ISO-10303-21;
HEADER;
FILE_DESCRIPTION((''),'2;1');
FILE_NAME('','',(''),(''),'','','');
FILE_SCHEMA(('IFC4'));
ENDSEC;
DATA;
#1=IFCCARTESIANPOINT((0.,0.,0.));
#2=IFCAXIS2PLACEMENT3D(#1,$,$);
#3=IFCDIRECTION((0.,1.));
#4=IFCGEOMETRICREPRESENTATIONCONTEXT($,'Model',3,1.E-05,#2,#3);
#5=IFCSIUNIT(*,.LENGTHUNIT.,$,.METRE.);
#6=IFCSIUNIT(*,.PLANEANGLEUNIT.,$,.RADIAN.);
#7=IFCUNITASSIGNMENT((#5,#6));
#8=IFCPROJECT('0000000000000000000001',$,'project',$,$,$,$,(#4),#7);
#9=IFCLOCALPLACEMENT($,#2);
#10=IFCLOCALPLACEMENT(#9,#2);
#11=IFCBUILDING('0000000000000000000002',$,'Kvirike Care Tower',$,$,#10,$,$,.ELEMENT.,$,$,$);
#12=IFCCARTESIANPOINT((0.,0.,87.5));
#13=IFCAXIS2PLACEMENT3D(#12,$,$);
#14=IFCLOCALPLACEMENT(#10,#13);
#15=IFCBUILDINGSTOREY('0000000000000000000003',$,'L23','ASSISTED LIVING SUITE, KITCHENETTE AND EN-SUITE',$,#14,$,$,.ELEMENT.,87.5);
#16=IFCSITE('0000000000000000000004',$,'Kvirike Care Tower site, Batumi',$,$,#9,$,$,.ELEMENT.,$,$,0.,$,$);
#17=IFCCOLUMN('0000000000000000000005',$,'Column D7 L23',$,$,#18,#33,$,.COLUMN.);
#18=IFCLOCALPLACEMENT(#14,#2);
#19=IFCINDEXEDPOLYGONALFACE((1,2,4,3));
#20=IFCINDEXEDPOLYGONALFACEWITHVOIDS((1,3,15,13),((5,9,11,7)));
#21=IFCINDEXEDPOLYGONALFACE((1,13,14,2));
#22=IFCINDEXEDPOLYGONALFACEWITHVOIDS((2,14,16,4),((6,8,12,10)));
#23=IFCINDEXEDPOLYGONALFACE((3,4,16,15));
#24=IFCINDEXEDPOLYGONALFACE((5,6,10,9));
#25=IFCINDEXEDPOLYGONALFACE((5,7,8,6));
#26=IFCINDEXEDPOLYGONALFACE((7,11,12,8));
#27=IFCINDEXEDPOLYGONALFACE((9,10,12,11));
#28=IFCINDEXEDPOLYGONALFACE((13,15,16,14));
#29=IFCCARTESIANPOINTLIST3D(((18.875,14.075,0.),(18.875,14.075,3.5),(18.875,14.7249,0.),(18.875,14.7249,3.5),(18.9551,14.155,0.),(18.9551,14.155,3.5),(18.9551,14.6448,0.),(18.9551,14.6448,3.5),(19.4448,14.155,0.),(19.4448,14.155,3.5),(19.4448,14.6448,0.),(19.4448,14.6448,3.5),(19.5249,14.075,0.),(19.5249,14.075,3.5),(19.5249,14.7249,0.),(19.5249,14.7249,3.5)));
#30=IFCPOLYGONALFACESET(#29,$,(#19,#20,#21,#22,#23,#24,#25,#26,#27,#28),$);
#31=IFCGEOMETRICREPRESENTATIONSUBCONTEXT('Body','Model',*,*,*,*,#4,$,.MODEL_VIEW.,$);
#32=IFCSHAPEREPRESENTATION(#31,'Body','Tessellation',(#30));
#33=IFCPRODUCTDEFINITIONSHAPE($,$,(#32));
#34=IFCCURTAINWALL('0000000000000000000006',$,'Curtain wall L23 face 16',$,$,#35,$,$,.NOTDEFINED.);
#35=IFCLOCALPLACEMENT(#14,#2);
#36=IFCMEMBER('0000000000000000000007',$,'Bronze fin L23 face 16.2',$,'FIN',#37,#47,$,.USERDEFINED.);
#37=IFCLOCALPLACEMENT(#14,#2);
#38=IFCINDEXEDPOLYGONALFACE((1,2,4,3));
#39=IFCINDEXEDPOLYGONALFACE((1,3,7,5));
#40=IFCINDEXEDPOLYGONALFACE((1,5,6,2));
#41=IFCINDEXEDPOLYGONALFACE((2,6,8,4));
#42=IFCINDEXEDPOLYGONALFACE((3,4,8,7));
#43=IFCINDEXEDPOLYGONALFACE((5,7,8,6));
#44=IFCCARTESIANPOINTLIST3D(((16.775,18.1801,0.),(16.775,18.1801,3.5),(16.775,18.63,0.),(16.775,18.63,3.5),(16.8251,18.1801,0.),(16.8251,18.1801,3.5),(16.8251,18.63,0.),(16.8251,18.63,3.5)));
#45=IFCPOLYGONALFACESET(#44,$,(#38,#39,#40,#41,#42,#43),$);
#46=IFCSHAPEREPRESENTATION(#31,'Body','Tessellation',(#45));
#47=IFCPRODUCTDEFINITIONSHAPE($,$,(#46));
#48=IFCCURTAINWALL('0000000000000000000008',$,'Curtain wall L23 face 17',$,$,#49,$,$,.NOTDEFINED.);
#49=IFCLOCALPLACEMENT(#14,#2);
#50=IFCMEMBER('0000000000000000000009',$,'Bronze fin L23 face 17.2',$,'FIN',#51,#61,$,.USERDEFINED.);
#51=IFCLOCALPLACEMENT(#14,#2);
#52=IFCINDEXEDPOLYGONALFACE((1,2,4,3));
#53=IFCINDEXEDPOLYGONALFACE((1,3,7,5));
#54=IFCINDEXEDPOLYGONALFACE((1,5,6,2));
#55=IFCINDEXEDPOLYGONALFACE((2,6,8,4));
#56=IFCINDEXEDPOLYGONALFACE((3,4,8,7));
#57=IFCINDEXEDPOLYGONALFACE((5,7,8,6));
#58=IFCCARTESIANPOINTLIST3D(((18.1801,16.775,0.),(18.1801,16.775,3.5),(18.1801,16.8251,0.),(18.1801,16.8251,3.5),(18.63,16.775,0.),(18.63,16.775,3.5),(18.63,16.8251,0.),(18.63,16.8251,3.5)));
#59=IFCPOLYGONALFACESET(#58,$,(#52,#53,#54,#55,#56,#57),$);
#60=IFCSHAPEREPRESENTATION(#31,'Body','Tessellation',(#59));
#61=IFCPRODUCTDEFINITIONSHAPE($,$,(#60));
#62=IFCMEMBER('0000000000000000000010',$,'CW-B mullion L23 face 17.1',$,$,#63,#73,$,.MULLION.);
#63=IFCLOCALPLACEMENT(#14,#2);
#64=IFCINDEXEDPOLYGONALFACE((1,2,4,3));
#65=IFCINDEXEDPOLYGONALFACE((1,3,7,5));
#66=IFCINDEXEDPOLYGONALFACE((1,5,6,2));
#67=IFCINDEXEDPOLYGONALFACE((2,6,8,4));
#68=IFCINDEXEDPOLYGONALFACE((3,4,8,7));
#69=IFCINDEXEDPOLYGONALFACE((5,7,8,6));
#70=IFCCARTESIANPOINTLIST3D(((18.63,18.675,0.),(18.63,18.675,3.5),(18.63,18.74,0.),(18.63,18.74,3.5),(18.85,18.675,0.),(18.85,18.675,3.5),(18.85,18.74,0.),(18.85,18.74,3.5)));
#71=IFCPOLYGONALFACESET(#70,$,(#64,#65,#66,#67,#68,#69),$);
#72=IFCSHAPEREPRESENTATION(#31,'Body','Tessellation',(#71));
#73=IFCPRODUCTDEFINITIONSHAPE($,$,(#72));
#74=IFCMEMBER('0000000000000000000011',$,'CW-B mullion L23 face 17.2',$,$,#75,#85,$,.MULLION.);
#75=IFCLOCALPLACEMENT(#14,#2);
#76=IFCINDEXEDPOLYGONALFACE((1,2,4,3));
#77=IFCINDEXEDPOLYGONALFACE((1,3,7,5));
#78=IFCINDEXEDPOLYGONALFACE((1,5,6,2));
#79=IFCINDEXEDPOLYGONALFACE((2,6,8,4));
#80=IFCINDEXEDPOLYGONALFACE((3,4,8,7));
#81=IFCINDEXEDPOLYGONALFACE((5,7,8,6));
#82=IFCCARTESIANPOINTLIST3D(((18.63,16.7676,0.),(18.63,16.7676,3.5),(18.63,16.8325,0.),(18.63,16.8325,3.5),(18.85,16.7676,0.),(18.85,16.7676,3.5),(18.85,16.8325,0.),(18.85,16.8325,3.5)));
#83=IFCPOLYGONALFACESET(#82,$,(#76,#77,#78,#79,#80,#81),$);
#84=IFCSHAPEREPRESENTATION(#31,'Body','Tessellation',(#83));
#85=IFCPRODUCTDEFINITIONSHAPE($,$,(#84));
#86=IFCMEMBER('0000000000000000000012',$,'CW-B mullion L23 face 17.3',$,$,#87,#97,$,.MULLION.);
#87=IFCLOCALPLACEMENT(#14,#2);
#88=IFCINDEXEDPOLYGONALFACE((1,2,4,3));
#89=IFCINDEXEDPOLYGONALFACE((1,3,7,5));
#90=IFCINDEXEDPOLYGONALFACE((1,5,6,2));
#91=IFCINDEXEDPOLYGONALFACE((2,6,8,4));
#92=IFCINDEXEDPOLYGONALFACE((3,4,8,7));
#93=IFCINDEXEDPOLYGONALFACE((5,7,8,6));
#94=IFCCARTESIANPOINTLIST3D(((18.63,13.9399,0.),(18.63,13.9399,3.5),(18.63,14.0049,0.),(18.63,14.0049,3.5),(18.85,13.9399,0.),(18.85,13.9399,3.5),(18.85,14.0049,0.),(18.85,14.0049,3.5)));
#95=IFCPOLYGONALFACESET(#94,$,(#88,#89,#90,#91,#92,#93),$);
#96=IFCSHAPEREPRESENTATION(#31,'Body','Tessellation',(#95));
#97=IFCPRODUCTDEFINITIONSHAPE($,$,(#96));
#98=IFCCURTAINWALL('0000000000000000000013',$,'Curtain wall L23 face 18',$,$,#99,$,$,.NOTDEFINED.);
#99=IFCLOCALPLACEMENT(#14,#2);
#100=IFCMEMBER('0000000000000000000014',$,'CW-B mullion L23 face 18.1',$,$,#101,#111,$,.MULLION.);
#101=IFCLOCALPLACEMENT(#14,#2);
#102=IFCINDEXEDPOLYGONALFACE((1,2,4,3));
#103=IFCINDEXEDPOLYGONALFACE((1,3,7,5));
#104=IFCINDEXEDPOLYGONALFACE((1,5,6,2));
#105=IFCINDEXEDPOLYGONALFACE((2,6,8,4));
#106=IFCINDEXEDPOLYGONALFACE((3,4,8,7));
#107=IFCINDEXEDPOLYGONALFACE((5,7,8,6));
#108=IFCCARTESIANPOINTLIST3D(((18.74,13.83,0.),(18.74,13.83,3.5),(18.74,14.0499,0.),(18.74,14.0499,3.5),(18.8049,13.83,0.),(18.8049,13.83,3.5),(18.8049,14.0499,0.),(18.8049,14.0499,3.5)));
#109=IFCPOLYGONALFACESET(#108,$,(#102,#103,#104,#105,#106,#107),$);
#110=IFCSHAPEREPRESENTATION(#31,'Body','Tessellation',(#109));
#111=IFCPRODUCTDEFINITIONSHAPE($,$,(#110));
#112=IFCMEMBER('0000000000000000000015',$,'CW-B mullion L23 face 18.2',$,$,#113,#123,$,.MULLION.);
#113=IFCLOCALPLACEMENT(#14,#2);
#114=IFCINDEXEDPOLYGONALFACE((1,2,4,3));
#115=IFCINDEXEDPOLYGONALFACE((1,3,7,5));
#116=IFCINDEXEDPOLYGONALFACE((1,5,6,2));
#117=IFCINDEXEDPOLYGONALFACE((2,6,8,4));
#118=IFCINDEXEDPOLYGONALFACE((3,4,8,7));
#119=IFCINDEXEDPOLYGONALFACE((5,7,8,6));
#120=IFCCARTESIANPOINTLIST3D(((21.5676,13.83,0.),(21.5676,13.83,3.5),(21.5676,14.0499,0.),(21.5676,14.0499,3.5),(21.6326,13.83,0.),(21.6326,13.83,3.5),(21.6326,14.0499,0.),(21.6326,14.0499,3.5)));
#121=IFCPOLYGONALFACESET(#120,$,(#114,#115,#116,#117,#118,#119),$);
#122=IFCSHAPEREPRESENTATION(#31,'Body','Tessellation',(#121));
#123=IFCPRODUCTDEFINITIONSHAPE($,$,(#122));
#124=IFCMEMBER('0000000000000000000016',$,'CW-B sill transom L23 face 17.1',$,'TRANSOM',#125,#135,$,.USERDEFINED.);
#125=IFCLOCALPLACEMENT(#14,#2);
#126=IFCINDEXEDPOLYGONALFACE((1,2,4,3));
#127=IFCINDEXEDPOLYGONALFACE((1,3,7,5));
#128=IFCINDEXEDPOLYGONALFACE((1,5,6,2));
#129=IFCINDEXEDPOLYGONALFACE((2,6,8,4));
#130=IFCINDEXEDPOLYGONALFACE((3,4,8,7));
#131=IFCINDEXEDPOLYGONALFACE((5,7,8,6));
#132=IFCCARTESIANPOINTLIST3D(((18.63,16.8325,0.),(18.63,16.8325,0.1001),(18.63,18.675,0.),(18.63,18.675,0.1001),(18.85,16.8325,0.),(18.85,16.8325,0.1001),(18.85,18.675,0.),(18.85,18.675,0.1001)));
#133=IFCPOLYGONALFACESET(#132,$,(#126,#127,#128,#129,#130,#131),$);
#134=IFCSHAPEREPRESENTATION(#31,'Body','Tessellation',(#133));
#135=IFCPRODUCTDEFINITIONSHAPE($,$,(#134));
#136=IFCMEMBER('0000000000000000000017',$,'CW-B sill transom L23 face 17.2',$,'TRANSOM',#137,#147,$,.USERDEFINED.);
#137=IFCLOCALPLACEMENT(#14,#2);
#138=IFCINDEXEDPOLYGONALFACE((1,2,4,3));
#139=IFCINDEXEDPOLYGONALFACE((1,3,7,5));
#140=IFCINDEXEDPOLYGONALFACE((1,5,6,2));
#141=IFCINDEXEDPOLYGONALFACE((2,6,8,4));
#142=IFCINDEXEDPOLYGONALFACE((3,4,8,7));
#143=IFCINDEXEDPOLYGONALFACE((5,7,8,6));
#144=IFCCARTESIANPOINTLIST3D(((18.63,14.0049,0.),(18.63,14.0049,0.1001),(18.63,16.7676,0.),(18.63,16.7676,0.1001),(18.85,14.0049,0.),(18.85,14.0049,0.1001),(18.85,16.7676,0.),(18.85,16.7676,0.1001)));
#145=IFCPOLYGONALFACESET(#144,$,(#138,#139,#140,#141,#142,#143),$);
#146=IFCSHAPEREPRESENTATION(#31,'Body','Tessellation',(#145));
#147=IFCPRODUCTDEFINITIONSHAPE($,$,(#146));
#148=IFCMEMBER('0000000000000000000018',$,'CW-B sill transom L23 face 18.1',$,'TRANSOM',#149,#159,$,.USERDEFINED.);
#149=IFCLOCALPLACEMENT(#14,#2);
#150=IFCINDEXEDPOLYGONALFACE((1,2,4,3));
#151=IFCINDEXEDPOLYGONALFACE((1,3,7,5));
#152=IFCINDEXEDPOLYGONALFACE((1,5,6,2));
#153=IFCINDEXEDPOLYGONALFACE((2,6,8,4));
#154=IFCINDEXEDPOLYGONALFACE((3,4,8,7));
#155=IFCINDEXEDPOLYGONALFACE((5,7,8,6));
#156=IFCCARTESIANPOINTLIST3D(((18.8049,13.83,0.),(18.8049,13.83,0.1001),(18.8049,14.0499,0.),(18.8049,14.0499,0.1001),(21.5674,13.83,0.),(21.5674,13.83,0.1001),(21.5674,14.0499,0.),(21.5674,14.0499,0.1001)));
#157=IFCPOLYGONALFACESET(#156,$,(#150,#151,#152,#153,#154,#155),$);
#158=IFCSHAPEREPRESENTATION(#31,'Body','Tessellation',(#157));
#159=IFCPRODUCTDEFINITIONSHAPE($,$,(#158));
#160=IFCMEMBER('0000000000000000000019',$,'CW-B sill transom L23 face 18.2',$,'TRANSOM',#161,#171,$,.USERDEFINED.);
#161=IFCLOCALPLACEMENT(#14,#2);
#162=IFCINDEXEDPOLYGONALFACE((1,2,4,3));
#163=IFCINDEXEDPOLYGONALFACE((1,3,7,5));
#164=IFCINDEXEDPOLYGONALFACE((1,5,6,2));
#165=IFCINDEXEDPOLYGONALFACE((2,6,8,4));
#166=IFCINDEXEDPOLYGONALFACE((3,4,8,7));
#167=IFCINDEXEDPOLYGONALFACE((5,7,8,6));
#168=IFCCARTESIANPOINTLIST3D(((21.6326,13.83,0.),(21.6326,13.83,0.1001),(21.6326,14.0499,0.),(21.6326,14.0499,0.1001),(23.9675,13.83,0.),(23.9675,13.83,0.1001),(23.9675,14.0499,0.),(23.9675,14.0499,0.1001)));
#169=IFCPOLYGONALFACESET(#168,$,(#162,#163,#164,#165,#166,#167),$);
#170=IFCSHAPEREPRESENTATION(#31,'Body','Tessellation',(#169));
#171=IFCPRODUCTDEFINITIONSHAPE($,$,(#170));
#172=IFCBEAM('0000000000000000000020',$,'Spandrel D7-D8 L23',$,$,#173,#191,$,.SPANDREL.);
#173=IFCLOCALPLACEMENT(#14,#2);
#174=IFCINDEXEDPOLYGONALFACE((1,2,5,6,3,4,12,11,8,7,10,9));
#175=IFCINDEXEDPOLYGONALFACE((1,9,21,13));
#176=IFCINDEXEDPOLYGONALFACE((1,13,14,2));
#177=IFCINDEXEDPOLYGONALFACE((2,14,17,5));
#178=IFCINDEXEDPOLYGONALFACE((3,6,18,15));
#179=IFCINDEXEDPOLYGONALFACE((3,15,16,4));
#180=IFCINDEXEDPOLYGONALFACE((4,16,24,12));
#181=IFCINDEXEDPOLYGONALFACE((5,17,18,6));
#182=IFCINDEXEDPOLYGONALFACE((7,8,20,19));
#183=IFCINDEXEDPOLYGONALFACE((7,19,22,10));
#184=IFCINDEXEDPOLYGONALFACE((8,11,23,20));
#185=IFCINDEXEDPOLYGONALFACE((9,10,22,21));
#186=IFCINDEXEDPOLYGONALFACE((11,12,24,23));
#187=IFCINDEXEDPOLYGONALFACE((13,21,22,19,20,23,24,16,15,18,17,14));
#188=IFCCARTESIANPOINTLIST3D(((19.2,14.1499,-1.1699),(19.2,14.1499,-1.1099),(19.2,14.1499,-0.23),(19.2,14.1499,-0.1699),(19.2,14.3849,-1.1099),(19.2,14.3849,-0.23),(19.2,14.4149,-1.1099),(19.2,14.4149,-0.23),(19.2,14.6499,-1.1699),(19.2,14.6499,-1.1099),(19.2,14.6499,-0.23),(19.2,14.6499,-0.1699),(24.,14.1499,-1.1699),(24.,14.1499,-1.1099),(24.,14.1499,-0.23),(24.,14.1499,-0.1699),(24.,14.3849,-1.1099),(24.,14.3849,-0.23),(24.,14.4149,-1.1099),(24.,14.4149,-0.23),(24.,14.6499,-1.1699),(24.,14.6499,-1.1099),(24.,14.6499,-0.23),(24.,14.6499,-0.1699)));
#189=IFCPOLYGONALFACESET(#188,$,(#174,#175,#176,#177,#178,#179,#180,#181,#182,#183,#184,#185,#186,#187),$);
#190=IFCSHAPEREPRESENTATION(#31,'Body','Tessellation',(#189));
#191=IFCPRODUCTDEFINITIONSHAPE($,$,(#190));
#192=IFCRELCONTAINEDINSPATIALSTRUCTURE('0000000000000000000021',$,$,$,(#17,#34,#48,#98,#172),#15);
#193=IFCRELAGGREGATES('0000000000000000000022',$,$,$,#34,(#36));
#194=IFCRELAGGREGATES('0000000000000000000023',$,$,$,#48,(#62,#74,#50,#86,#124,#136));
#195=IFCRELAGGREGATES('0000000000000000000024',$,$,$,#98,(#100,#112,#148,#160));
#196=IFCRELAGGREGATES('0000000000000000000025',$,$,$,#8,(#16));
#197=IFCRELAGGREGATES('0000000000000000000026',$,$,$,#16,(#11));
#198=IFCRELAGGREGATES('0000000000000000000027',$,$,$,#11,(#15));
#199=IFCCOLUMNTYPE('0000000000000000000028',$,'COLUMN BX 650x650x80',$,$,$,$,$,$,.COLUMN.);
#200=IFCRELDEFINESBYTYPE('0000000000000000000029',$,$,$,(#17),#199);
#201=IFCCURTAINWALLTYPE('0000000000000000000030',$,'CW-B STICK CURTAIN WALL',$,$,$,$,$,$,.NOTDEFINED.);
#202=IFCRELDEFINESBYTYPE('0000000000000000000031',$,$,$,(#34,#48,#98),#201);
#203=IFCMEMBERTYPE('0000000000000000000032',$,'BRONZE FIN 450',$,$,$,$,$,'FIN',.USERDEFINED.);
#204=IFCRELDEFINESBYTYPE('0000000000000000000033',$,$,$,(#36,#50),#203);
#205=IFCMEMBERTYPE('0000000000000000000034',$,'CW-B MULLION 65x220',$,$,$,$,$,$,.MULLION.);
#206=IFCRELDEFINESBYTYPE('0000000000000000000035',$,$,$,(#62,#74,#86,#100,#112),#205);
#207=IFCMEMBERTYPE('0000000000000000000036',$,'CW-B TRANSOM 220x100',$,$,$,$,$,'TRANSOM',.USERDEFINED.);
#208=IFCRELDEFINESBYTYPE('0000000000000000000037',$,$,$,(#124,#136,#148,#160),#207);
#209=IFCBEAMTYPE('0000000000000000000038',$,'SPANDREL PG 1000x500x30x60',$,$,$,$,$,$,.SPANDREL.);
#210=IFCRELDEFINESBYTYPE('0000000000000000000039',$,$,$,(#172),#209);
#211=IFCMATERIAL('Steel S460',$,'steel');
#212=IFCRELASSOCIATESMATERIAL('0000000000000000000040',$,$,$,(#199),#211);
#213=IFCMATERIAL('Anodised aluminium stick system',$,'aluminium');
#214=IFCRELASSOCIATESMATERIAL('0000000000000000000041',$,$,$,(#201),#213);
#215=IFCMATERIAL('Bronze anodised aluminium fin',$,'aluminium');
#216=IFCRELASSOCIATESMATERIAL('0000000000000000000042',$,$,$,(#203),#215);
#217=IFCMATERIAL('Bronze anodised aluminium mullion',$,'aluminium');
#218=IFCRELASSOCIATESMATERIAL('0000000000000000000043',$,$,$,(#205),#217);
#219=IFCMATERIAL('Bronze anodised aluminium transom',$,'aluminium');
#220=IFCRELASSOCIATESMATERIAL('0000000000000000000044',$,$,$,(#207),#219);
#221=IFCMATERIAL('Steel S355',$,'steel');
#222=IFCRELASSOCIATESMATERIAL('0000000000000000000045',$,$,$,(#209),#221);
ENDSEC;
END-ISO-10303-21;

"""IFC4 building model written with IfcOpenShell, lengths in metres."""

from ifc_helpers import new_model, si_unit, direction, frame, origin, origin_2d, place, context, subcontext, project, spatial, rectangle, hollow_rectangle, i_section, extrude, material, material_profile, profile_set, type_object, element, aggregate, save


model = new_model("IFC4")

# Units and contexts
model_context = context("Model", 3, precision=1e-05, world=origin(), true_north=direction((0.0, 1.0)))
body_context = subcontext(model_context, "Body", "Model", "MODEL_VIEW")
ifc_project = project(units=[si_unit("LENGTHUNIT", "METRE"), si_unit("PLANEANGLEUNIT", "RADIAN")], contexts=[model_context])

# Site, building, storey
site_placement = place(None, origin())
site = spatial("IfcSite", under=ifc_project, at=site_placement, Name="Kvirike Care Tower site, Batumi", CompositionType="ELEMENT", RefElevation=0.0)
building_placement = place(site_placement, origin())
building = spatial("IfcBuilding", under=site, at=building_placement, Name="Kvirike Care Tower", CompositionType="ELEMENT")
storey_placement = place(building_placement, frame((0.0, 0.0, 87.5)))
storey = spatial("IfcBuildingStorey", under=building, at=storey_placement, Name="L23", Description="ASSISTED LIVING SUITE, KITCHENETTE AND EN-SUITE", CompositionType="ELEMENT", Elevation=87.5)

# Column
ifc_material_1 = material(Name="Steel S460", Category="steel")
ifc_material_profile_1 = material_profile(ifc_material_1, hollow_rectangle(XDim=0.6499, YDim=0.6499, WallThickness=0.0801, at=origin_2d()), Name="BX 650x650x80")
ifc_profile_set_1 = profile_set([ifc_material_profile_1], Name="Steel S460")
column_type = type_object("IfcColumnType", Name="COLUMN BX 650x650x80", PredefinedType="COLUMN", material=ifc_profile_set_1)
column_placement = place(storey_placement, frame((19.2, 14.3999, 0.0), z_axis=(0.0, 0.0, 1.0), x_axis=(0.0, 1.0, 0.0)))
element("IfcColumn", 1, at=column_placement, inside=storey, type_object=column_type, Name="Column D7 L23", PredefinedType="COLUMN", context=body_context, shape_type="SweptSolid", body=[
    extrude(hollow_rectangle(XDim=0.6499, YDim=0.6499, WallThickness=0.0801, at=origin_2d()), origin(), (0.0, 0.0, 1.0), 3.5),
])

# Curtain wall, member
ifc_material_2 = material(Name="Anodised aluminium stick system", Category="aluminium")
curtain_wall_type = type_object("IfcCurtainWallType", Name="CW-B STICK CURTAIN WALL", PredefinedType="NOTDEFINED", material=ifc_material_2)
curtain_wall_1_placement = place(storey_placement, origin())
curtain_wall_1 = element("IfcCurtainWall", 2, at=curtain_wall_1_placement, inside=storey, type_object=curtain_wall_type, Name="Curtain wall L23 face 16", PredefinedType="NOTDEFINED")
ifc_material_3 = material(Name="Bronze anodised aluminium fin", Category="aluminium")
ifc_material_profile_2 = material_profile(ifc_material_3, rectangle(XDim=0.05, YDim=0.45, at=origin_2d()), Name="BRONZE FIN 450")
ifc_profile_set_2 = profile_set([ifc_material_profile_2], Name="Bronze anodised aluminium fin")
member_type_1 = type_object("IfcMemberType", Name="BRONZE FIN 450", ElementType="FIN", PredefinedType="USERDEFINED", material=ifc_profile_set_2)
member_1_placement = place(storey_placement, frame((16.8, 18.405, 0.0), z_axis=(0.0, 0.0, 1.0), x_axis=(1.0, 0.0, 0.0)))
member_1 = element("IfcMember", 3, at=member_1_placement, type_object=member_type_1, Name="Bronze fin L23 face 16.2", ObjectType="FIN", PredefinedType="USERDEFINED", context=body_context, shape_type="SweptSolid", body=[
    extrude(rectangle(XDim=0.05, YDim=0.45, at=origin_2d()), origin(), (0.0, 0.0, 1.0), 3.5),
])

# Curtain walls, members
curtain_wall_2_placement = place(storey_placement, origin())
curtain_wall_2 = element("IfcCurtainWall", 4, at=curtain_wall_2_placement, inside=storey, type_object=curtain_wall_type, Name="Curtain wall L23 face 17", PredefinedType="NOTDEFINED")
member_2_placement = place(storey_placement, frame((18.405, 16.8, 0.0), z_axis=(0.0, 0.0, 1.0), x_axis=(0.0, -1.0, 0.0)))
member_2 = element("IfcMember", 5, at=member_2_placement, type_object=member_type_1, Name="Bronze fin L23 face 17.2", ObjectType="FIN", PredefinedType="USERDEFINED", context=body_context, shape_type="SweptSolid", body=[
    extrude(rectangle(XDim=0.05, YDim=0.45, at=origin_2d()), origin(), (0.0, 0.0, 1.0), 3.5),
])
ifc_material_4 = material(Name="Bronze anodised aluminium mullion", Category="aluminium")
ifc_material_profile_3 = material_profile(ifc_material_4, rectangle(XDim=0.0649, YDim=0.22, at=origin_2d()), Name="CW-B MULLION 65x220")
ifc_profile_set_3 = profile_set([ifc_material_profile_3], Name="Bronze anodised aluminium mullion")
member_type_2 = type_object("IfcMemberType", Name="CW-B MULLION 65x220", PredefinedType="MULLION", material=ifc_profile_set_3)
member_3_placement = place(storey_placement, frame((18.74, 18.7075, 0.0), z_axis=(0.0, 0.0, 1.0), x_axis=(0.0, -1.0, 0.0)))
member_3 = element("IfcMember", 6, at=member_3_placement, type_object=member_type_2, Name="CW-B mullion L23 face 17.1", PredefinedType="MULLION", context=body_context, shape_type="SweptSolid", body=[
    extrude(rectangle(XDim=0.0649, YDim=0.22, at=origin_2d()), origin(), (0.0, 0.0, 1.0), 3.5),
])
member_4_placement = place(storey_placement, frame((18.74, 16.8, 0.0), z_axis=(0.0, 0.0, 1.0), x_axis=(0.0, -1.0, 0.0)))
member_4 = element("IfcMember", 7, at=member_4_placement, type_object=member_type_2, Name="CW-B mullion L23 face 17.2", PredefinedType="MULLION", context=body_context, shape_type="SweptSolid", body=[
    extrude(rectangle(XDim=0.0649, YDim=0.22, at=origin_2d()), origin(), (0.0, 0.0, 1.0), 3.5),
])
member_5_placement = place(storey_placement, frame((18.74, 13.9724, 0.0), z_axis=(0.0, 0.0, 1.0), x_axis=(0.0, -1.0, 0.0)))
member_5 = element("IfcMember", 8, at=member_5_placement, type_object=member_type_2, Name="CW-B mullion L23 face 17.3", PredefinedType="MULLION", context=body_context, shape_type="SweptSolid", body=[
    extrude(rectangle(XDim=0.0649, YDim=0.22, at=origin_2d()), origin(), (0.0, 0.0, 1.0), 3.5),
])
curtain_wall_3_placement = place(storey_placement, origin())
curtain_wall_3 = element("IfcCurtainWall", 9, at=curtain_wall_3_placement, inside=storey, type_object=curtain_wall_type, Name="Curtain wall L23 face 18", PredefinedType="NOTDEFINED")
member_6_placement = place(storey_placement, frame((18.7725, 13.9399, 0.0), z_axis=(0.0, 0.0, 1.0), x_axis=(1.0, 0.0, 0.0)))
member_6 = element("IfcMember", 10, at=member_6_placement, type_object=member_type_2, Name="CW-B mullion L23 face 18.1", PredefinedType="MULLION", context=body_context, shape_type="SweptSolid", body=[
    extrude(rectangle(XDim=0.0649, YDim=0.22, at=origin_2d()), origin(), (0.0, 0.0, 1.0), 3.5),
])
member_7_placement = place(storey_placement, frame((21.6001, 13.9399, 0.0), z_axis=(0.0, 0.0, 1.0), x_axis=(1.0, 0.0, 0.0)))
member_7 = element("IfcMember", 11, at=member_7_placement, type_object=member_type_2, Name="CW-B mullion L23 face 18.2", PredefinedType="MULLION", context=body_context, shape_type="SweptSolid", body=[
    extrude(rectangle(XDim=0.0649, YDim=0.22, at=origin_2d()), origin(), (0.0, 0.0, 1.0), 3.5),
])

# Members
ifc_material_5 = material(Name="Bronze anodised aluminium transom", Category="aluminium")
ifc_material_profile_4 = material_profile(ifc_material_5, rectangle(XDim=0.22, YDim=0.1001, at=origin_2d()), Name="CW-B TRANSOM 220x100")
ifc_profile_set_4 = profile_set([ifc_material_profile_4], Name="Bronze anodised aluminium transom")
member_type_3 = type_object("IfcMemberType", Name="CW-B TRANSOM 220x100", ElementType="TRANSOM", PredefinedType="USERDEFINED", material=ifc_profile_set_4)
member_8_placement = place(storey_placement, frame((18.74, 18.675, 0.05), z_axis=(0.0, -1.0, 0.0), x_axis=(1.0, 0.0, 0.0)))
member_8 = element("IfcMember", 12, at=member_8_placement, type_object=member_type_3, Name="CW-B sill transom L23 face 17.1", ObjectType="TRANSOM", PredefinedType="USERDEFINED", context=body_context, shape_type="SweptSolid", body=[
    extrude(rectangle(XDim=0.22, YDim=0.1001, at=origin_2d()), origin(), (0.0, 0.0, 1.0), 1.8425),
])
member_9_placement = place(storey_placement, frame((18.74, 16.7676, 0.05), z_axis=(0.0, -1.0, 0.0), x_axis=(1.0, 0.0, 0.0)))
member_9 = element("IfcMember", 13, at=member_9_placement, type_object=member_type_3, Name="CW-B sill transom L23 face 17.2", ObjectType="TRANSOM", PredefinedType="USERDEFINED", context=body_context, shape_type="SweptSolid", body=[
    extrude(rectangle(XDim=0.22, YDim=0.1001, at=origin_2d()), origin(), (0.0, 0.0, 1.0), 2.7627),
])
member_10_placement = place(storey_placement, frame((18.8049, 13.9399, 0.05), z_axis=(1.0, 0.0, 0.0), x_axis=(0.0, 1.0, 0.0)))
member_10 = element("IfcMember", 14, at=member_10_placement, type_object=member_type_3, Name="CW-B sill transom L23 face 18.1", ObjectType="TRANSOM", PredefinedType="USERDEFINED", context=body_context, shape_type="SweptSolid", body=[
    extrude(rectangle(XDim=0.22, YDim=0.1001, at=origin_2d()), origin(), (0.0, 0.0, 1.0), 2.7625),
])
member_11_placement = place(storey_placement, frame((21.6326, 13.9399, 0.05), z_axis=(1.0, 0.0, 0.0), x_axis=(0.0, 1.0, 0.0)))
member_11 = element("IfcMember", 15, at=member_11_placement, type_object=member_type_3, Name="CW-B sill transom L23 face 18.2", ObjectType="TRANSOM", PredefinedType="USERDEFINED", context=body_context, shape_type="SweptSolid", body=[
    extrude(rectangle(XDim=0.22, YDim=0.1001, at=origin_2d()), origin(), (0.0, 0.0, 1.0), 2.335),
])

# Beam
ifc_material_6 = material(Name="Steel S355", Category="steel")
ifc_material_profile_5 = material_profile(ifc_material_6, i_section(OverallWidth=0.5, OverallDepth=1.0, WebThickness=0.03, FlangeThickness=0.0601, at=origin_2d()), Name="PG 1000x500x30x60")
ifc_profile_set_5 = profile_set([ifc_material_profile_5], Name="Steel S355")
beam_type = type_object("IfcBeamType", Name="SPANDREL PG 1000x500x30x60", PredefinedType="SPANDREL", material=ifc_profile_set_5)
for number, where, z_axis, x_axis, name in (
    (16, (19.2, 14.3999, -0.6699), (1.0, 0.0, 0.0), (0.0, 1.0, 0.0), "Spandrel D7-D8 L23"),
):
    element("IfcBeam", number, at=place(storey_placement, frame(where, z_axis=z_axis, x_axis=x_axis)), inside=storey, type_object=beam_type, Name=name, PredefinedType="SPANDREL", context=body_context, shape_type="SweptSolid", body=[
        extrude(i_section(OverallWidth=0.5, OverallDepth=1.0, WebThickness=0.03, FlangeThickness=0.0601, at=origin_2d()), origin(), (0.0, 0.0, 1.0), 4.8),
    ])

aggregate(curtain_wall_1, [member_1])
aggregate(curtain_wall_2, [member_3, member_4, member_2, member_5, member_8, member_9])
aggregate(curtain_wall_3, [member_6, member_7, member_10, member_11])

save(model, "model.ifc")
